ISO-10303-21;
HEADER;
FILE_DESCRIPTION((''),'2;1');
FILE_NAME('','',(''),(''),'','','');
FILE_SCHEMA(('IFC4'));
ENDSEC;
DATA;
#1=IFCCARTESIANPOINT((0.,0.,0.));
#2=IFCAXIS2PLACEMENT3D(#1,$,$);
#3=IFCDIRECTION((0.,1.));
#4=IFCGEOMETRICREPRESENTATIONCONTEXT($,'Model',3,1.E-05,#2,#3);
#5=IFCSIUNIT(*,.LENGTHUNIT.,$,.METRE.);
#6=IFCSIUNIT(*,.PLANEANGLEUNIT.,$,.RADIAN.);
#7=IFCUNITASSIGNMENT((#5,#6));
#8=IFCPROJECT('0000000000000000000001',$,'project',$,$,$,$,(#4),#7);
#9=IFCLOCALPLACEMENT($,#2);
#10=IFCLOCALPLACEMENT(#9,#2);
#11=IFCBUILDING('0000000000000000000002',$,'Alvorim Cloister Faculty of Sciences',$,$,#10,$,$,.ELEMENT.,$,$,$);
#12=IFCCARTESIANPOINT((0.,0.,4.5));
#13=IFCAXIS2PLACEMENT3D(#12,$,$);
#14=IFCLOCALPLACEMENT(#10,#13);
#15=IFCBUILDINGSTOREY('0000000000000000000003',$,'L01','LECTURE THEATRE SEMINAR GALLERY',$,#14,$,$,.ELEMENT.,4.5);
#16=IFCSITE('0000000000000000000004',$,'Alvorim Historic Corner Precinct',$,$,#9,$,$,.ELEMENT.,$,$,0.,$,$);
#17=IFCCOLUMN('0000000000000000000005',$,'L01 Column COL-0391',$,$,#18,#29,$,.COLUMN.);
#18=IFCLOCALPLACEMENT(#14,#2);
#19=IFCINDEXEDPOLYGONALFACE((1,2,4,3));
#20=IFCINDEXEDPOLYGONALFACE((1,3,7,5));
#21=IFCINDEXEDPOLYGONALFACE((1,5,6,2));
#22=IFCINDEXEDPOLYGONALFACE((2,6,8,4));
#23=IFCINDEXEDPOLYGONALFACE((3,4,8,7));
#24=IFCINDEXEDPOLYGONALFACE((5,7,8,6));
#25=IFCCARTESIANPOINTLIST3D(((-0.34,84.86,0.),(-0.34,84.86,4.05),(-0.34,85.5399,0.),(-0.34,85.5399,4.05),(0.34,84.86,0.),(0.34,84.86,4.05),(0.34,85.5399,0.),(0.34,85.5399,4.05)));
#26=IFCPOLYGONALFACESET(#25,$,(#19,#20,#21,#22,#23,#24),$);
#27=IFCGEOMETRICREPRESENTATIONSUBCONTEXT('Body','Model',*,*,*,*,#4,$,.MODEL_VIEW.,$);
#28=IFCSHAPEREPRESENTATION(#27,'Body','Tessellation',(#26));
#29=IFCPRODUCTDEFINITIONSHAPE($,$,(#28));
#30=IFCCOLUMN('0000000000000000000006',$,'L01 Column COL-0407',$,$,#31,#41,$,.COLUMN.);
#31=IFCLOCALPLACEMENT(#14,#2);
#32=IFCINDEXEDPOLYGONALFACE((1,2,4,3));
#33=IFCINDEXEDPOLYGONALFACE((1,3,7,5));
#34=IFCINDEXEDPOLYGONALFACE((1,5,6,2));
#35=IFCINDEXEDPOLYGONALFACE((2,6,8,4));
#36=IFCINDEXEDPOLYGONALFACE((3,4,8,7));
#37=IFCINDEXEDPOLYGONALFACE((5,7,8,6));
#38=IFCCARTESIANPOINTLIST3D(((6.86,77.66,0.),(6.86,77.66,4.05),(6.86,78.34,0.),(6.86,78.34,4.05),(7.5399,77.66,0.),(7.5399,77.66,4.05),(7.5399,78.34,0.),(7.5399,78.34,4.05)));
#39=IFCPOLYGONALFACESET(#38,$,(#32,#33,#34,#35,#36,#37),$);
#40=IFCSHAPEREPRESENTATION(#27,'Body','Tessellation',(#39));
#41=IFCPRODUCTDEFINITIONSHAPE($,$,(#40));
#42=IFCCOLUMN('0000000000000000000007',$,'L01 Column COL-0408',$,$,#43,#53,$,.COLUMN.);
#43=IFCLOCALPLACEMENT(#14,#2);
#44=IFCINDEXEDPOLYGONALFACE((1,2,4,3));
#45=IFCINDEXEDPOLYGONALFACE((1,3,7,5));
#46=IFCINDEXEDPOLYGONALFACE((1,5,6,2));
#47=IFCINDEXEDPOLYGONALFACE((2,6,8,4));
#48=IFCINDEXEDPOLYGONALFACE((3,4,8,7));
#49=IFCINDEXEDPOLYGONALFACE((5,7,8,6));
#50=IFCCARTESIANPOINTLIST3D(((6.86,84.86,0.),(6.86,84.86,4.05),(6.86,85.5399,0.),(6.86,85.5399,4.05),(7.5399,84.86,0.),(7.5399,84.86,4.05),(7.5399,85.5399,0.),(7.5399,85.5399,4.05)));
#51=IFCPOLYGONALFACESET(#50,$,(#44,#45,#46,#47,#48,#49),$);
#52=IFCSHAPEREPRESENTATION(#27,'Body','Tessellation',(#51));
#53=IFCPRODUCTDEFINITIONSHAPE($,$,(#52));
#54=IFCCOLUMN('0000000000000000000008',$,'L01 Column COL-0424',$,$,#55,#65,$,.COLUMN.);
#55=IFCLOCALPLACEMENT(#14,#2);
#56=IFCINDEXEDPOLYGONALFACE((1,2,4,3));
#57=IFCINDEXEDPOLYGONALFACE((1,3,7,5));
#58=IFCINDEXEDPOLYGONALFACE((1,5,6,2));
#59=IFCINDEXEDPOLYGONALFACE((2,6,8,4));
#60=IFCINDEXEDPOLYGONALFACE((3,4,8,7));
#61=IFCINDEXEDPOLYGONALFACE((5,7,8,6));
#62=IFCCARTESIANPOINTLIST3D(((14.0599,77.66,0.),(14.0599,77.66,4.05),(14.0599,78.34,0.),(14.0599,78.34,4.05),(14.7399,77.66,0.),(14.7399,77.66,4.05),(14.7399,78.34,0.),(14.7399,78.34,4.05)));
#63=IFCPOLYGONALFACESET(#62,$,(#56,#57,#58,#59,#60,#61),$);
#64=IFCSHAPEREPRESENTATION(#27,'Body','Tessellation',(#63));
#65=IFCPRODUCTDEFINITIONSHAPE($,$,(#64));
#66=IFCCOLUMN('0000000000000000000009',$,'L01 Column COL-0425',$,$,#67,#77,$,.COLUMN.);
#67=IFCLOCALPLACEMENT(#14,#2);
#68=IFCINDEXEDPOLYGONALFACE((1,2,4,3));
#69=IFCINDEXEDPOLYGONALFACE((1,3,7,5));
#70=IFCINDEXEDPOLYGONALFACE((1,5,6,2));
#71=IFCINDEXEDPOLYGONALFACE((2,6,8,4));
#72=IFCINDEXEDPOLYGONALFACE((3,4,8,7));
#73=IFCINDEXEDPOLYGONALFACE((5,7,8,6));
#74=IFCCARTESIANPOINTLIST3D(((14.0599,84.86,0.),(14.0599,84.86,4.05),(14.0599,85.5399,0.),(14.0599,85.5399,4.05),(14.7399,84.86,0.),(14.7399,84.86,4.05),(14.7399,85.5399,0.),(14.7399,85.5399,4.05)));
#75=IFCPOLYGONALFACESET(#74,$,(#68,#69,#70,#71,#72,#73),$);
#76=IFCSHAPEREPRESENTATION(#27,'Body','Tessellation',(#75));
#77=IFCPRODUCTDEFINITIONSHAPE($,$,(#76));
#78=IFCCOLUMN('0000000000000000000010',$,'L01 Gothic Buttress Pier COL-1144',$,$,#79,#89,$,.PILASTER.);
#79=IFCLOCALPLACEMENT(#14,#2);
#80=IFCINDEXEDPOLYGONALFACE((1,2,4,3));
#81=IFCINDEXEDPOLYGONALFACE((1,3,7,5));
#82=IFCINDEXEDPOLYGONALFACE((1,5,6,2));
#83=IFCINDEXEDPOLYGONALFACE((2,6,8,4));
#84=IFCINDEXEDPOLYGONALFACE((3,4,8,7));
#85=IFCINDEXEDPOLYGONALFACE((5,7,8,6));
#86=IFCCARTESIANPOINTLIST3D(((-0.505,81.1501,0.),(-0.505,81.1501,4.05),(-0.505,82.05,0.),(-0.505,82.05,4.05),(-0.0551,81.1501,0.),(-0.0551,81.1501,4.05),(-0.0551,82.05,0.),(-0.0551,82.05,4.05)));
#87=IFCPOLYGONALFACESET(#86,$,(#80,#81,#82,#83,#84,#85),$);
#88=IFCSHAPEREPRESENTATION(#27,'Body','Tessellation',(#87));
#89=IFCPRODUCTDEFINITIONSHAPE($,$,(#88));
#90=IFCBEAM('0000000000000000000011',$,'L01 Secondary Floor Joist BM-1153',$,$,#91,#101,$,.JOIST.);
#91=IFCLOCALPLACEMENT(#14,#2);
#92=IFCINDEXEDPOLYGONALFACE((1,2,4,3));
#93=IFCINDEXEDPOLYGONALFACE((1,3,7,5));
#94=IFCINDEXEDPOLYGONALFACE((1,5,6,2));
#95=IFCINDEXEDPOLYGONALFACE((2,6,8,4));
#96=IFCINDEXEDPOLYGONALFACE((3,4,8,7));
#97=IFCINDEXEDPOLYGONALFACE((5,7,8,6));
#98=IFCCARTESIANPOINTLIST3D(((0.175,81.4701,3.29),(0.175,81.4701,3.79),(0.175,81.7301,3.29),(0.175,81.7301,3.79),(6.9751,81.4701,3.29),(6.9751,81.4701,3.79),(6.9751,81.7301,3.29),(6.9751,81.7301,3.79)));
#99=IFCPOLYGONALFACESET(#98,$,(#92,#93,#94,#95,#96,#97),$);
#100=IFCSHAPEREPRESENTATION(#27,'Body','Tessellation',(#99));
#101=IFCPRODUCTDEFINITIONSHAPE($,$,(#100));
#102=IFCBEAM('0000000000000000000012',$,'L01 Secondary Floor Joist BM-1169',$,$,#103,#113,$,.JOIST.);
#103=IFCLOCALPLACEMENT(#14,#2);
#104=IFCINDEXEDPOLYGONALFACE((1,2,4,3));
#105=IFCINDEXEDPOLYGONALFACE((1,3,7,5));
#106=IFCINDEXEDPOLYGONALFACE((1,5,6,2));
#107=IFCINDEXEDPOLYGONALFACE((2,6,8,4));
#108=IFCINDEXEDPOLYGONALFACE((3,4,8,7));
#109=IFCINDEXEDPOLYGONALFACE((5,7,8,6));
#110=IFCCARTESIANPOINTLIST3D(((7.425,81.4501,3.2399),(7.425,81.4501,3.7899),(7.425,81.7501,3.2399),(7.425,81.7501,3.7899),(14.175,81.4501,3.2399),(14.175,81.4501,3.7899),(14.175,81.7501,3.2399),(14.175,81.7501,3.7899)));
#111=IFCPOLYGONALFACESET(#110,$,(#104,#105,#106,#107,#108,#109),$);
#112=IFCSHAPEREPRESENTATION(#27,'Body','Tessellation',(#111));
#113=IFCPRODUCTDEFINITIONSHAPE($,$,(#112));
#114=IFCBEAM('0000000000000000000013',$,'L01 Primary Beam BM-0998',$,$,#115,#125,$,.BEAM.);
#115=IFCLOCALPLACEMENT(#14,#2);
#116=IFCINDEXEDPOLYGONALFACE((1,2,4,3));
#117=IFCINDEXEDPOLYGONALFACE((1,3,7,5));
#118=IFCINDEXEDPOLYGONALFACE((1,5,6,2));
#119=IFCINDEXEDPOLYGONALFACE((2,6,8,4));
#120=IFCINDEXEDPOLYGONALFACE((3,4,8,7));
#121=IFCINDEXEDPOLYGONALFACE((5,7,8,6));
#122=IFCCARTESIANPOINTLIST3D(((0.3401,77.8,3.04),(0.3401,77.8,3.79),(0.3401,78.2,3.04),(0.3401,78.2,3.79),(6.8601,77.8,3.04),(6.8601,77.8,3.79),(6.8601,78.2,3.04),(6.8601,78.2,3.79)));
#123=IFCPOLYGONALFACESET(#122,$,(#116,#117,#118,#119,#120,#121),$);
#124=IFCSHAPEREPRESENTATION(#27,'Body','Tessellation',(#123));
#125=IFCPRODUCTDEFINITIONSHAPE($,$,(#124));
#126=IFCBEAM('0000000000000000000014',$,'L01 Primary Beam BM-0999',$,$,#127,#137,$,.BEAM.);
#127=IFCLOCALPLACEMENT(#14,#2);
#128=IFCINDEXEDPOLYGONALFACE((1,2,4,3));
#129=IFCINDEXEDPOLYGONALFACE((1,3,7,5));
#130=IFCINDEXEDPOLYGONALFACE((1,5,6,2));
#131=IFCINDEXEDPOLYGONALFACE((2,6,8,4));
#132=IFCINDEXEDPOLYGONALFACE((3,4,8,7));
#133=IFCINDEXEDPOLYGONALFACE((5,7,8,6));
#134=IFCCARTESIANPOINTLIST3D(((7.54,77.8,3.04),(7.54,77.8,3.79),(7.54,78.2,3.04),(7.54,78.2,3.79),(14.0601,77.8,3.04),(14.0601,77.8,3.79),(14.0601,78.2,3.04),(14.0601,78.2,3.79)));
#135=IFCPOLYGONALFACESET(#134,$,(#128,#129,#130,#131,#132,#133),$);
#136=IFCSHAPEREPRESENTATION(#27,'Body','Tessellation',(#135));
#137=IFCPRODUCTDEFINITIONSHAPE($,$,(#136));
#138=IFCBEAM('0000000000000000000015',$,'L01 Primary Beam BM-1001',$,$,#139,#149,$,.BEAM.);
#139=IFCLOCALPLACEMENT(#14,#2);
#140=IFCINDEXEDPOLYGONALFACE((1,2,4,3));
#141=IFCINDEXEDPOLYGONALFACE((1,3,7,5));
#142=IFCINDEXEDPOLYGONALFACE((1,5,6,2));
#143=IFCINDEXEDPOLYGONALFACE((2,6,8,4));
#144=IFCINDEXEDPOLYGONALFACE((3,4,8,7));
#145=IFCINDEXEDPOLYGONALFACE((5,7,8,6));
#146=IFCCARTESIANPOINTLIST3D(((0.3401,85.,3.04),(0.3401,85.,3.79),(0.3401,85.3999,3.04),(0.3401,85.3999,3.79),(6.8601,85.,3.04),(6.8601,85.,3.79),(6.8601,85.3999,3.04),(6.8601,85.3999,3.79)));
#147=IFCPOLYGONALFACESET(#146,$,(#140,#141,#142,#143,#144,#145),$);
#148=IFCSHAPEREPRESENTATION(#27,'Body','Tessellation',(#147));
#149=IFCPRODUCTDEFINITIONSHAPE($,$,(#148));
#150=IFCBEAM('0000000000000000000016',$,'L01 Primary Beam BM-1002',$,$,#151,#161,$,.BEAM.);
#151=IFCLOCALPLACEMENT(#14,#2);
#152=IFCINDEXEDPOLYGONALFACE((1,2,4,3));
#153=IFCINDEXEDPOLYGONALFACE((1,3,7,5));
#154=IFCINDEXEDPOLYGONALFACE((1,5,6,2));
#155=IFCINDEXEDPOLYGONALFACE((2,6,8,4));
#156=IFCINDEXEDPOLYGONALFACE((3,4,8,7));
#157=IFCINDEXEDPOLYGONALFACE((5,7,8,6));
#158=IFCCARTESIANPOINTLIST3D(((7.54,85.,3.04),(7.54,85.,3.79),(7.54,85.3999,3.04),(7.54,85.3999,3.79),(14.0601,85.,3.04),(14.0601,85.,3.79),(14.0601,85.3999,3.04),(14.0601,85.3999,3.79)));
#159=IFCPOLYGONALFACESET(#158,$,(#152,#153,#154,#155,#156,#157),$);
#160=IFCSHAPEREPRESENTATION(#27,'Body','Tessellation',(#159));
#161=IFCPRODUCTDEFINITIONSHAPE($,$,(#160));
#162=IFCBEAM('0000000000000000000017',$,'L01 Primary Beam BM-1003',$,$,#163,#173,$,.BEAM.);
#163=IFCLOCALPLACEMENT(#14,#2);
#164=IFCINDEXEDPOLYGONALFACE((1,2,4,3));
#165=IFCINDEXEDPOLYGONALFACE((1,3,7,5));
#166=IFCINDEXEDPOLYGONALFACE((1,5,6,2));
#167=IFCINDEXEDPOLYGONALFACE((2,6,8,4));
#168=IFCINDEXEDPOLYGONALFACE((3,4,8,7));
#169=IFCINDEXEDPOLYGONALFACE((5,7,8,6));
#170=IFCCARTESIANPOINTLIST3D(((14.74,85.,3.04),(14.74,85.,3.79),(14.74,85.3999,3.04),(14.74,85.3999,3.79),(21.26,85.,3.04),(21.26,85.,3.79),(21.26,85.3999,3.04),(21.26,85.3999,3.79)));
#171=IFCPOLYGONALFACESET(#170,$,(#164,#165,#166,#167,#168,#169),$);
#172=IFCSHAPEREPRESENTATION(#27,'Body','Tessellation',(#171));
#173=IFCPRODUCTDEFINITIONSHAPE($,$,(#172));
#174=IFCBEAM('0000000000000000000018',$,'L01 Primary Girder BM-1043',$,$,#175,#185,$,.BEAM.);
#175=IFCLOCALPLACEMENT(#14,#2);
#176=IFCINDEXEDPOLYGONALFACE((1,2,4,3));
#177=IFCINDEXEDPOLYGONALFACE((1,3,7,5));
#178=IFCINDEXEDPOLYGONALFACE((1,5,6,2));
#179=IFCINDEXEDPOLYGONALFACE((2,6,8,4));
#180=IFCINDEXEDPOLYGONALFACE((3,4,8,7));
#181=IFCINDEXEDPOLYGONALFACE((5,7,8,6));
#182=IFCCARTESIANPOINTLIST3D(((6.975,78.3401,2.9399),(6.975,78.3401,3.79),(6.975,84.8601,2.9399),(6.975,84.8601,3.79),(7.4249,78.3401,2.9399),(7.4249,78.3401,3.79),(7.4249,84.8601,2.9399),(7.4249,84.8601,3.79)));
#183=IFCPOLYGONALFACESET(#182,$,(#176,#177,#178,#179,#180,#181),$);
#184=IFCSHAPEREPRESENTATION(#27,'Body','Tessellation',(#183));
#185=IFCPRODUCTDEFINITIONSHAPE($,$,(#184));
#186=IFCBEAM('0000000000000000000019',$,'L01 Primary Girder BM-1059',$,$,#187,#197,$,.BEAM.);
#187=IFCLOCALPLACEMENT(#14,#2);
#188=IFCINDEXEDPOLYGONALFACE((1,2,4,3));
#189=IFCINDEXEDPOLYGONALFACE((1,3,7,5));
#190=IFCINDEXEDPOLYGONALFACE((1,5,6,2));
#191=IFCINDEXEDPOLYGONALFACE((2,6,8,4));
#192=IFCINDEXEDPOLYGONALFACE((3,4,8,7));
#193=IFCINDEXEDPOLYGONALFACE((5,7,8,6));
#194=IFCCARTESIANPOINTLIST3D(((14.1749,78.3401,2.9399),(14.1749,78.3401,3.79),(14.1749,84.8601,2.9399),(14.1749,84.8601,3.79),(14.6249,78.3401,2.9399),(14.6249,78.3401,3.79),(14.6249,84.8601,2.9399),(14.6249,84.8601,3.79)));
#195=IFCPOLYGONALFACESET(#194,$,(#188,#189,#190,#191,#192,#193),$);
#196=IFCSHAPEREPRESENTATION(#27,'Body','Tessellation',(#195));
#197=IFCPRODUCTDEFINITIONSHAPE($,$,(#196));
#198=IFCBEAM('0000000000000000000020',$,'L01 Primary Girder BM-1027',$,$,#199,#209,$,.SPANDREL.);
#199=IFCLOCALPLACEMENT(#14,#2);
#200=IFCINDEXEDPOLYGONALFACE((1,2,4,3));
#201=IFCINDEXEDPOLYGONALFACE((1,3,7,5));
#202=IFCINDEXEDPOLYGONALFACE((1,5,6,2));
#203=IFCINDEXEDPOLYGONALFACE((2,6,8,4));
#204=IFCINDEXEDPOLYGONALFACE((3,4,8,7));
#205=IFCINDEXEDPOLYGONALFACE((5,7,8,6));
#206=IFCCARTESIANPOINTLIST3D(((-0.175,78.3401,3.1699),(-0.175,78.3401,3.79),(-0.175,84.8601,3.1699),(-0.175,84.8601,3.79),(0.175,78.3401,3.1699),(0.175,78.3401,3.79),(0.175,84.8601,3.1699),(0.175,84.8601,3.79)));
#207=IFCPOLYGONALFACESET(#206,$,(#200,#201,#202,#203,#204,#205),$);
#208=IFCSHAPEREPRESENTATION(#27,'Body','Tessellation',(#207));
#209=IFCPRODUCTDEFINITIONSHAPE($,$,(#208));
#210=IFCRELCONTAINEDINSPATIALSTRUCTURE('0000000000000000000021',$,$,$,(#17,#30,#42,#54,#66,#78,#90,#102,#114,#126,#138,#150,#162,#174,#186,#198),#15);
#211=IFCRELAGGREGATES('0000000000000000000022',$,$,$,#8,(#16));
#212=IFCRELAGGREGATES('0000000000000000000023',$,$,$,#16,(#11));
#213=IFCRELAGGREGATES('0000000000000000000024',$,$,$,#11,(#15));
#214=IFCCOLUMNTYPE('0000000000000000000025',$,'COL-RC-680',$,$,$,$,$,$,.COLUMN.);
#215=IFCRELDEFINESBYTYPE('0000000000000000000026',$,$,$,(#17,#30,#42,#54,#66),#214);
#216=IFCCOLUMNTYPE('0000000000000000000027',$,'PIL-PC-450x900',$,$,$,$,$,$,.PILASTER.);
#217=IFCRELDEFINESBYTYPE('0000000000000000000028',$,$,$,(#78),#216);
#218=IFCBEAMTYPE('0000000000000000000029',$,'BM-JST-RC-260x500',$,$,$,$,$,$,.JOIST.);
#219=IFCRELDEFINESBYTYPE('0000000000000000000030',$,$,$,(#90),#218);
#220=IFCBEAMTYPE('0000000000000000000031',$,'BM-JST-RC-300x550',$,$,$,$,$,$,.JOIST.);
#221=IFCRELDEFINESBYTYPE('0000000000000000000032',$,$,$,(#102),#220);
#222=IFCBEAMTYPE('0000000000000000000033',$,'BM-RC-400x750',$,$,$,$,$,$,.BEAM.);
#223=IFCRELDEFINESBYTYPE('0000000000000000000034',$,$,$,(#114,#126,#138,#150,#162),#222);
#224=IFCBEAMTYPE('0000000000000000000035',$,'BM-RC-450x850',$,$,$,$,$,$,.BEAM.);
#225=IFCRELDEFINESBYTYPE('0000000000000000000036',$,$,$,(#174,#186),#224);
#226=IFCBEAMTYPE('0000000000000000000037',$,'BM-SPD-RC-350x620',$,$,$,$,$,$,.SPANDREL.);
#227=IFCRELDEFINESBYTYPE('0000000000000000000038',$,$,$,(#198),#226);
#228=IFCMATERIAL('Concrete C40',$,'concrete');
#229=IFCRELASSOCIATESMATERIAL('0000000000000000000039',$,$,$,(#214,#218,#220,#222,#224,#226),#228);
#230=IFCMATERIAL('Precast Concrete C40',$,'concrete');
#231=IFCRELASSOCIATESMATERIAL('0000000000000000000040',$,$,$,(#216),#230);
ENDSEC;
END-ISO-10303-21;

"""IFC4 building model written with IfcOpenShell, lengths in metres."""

from ifc_helpers import new_model, si_unit, direction, frame, origin, origin_2d, place, context, subcontext, project, spatial, rectangle, extrude, material, material_profile, profile_set, type_object, element, save


model = new_model("IFC4")

# Units and contexts
model_context = context("Model", 3, precision=1e-05, world=origin(), true_north=direction((0.0, 1.0)))
body_context = subcontext(model_context, "Body", "Model", "MODEL_VIEW")
ifc_project = project(units=[si_unit("LENGTHUNIT", "METRE"), si_unit("PLANEANGLEUNIT", "RADIAN")], contexts=[model_context])

# Site, building, storey
site_placement = place(None, origin())
site = spatial("IfcSite", under=ifc_project, at=site_placement, Name="Alvorim Historic Corner Precinct", CompositionType="ELEMENT", RefElevation=0.0)
building_placement = place(site_placement, origin())
building = spatial("IfcBuilding", under=site, at=building_placement, Name="Alvorim Cloister Faculty of Sciences", CompositionType="ELEMENT")
storey_placement = place(building_placement, frame((0.0, 0.0, 4.5)))
storey = spatial("IfcBuildingStorey", under=building, at=storey_placement, Name="L01", Description="LECTURE THEATRE SEMINAR GALLERY", CompositionType="ELEMENT", Elevation=4.5)

# Columns
ifc_material_1 = material(Name="Concrete C40", Category="concrete")
ifc_material_profile_1 = material_profile(ifc_material_1, rectangle(XDim=0.6799, YDim=0.6799, at=origin_2d()), Name="RC40-COL-680x680")
ifc_profile_set_1 = profile_set([ifc_material_profile_1], Name="Concrete C40")
column_type_1 = type_object("IfcColumnType", Name="COL-RC-680", PredefinedType="COLUMN", material=ifc_profile_set_1)
for number, where, z_axis, x_axis, name in (
    (1, (0.0, 85.2, 0.0), (0.0, 0.0, 1.0), (1.0, 0.0, 0.0), "L01 Column COL-0391"),
    (2, (7.2, 78.0, 0.0), (0.0, 0.0, 1.0), (1.0, 0.0, 0.0), "L01 Column COL-0407"),
    (3, (7.2, 85.2, 0.0), (0.0, 0.0, 1.0), (1.0, 0.0, 0.0), "L01 Column COL-0408"),
    (4, (14.3999, 78.0, 0.0), (0.0, 0.0, 1.0), (1.0, 0.0, 0.0), "L01 Column COL-0424"),
    (5, (14.3999, 85.2, 0.0), (0.0, 0.0, 1.0), (1.0, 0.0, 0.0), "L01 Column COL-0425"),
):
    element("IfcColumn", number, at=place(storey_placement, frame(where, z_axis=z_axis, x_axis=x_axis)), inside=storey, type_object=column_type_1, Name=name, PredefinedType="COLUMN", context=body_context, shape_type="SweptSolid", body=[
        extrude(rectangle(XDim=0.6799, YDim=0.6799, at=origin_2d()), origin(), (0.0, 0.0, 1.0), 4.05),
    ])
ifc_material_2 = material(Name="Precast Concrete C40", Category="concrete")
ifc_material_profile_2 = material_profile(ifc_material_2, rectangle(XDim=0.45, YDim=0.8999, at=origin_2d()), Name="RC40-PIL-450x900")
ifc_profile_set_2 = profile_set([ifc_material_profile_2], Name="Precast Concrete C40")
column_type_2 = type_object("IfcColumnType", Name="PIL-PC-450x900", PredefinedType="PILASTER", material=ifc_profile_set_2)
column_placement = place(storey_placement, frame((-0.28, 81.6001, 0.0), z_axis=(0.0, 0.0, 1.0), x_axis=(1.0, 0.0, 0.0)))
element("IfcColumn", 6, at=column_placement, inside=storey, type_object=column_type_2, Name="L01 Gothic Buttress Pier COL-1144", PredefinedType="PILASTER", context=body_context, shape_type="SweptSolid", body=[
    extrude(rectangle(XDim=0.45, YDim=0.8999, at=origin_2d()), origin(), (0.0, 0.0, 1.0), 4.05),
])

# Beams
ifc_material_profile_3 = material_profile(ifc_material_1, rectangle(XDim=0.26, YDim=0.5, at=origin_2d()), Name="RC40-JST-260x500")
ifc_profile_set_3 = profile_set([ifc_material_profile_3], Name="Concrete C40")
beam_type_1 = type_object("IfcBeamType", Name="BM-JST-RC-260x500", PredefinedType="JOIST", material=ifc_profile_set_3)
beam_1_placement = place(storey_placement, frame((0.175, 81.6001, 3.54), z_axis=(1.0, 0.0, 0.0), x_axis=(0.0, 1.0, 0.0)))
element("IfcBeam", 7, at=beam_1_placement, inside=storey, type_object=beam_type_1, Name="L01 Secondary Floor Joist BM-1153", PredefinedType="JOIST", context=body_context, shape_type="SweptSolid", body=[
    extrude(rectangle(XDim=0.26, YDim=0.5, at=origin_2d()), origin(), (0.0, 0.0, 1.0), 6.8),
])
ifc_material_profile_4 = material_profile(ifc_material_1, rectangle(XDim=0.3, YDim=0.55, at=origin_2d()), Name="RC40-JST-300x550")
ifc_profile_set_4 = profile_set([ifc_material_profile_4], Name="Concrete C40")
beam_type_2 = type_object("IfcBeamType", Name="BM-JST-RC-300x550", PredefinedType="JOIST", material=ifc_profile_set_4)
beam_2_placement = place(storey_placement, frame((7.425, 81.6001, 3.5149), z_axis=(1.0, 0.0, 0.0), x_axis=(0.0, 1.0, 0.0)))
element("IfcBeam", 8, at=beam_2_placement, inside=storey, type_object=beam_type_2, Name="L01 Secondary Floor Joist BM-1169", PredefinedType="JOIST", context=body_context, shape_type="SweptSolid", body=[
    extrude(rectangle(XDim=0.3, YDim=0.55, at=origin_2d()), origin(), (0.0, 0.0, 1.0), 6.75),
])
ifc_material_profile_5 = material_profile(ifc_material_1, rectangle(XDim=0.3999, YDim=0.75, at=origin_2d()), Name="RC40-BM-400x750")
ifc_profile_set_5 = profile_set([ifc_material_profile_5], Name="Concrete C40")
beam_type_3 = type_object("IfcBeamType", Name="BM-RC-400x750", PredefinedType="BEAM", material=ifc_profile_set_5)
for number, where, z_axis, x_axis, name in (
    (9, (0.3401, 78.0, 3.415), (1.0, 0.0, 0.0), (0.0, 1.0, 0.0), "L01 Primary Beam BM-0998"),
    (10, (7.54, 78.0, 3.415), (1.0, 0.0, 0.0), (0.0, 1.0, 0.0), "L01 Primary Beam BM-0999"),
    (11, (0.3401, 85.2, 3.415), (1.0, 0.0, 0.0), (0.0, 1.0, 0.0), "L01 Primary Beam BM-1001"),
    (12, (7.54, 85.2, 3.415), (1.0, 0.0, 0.0), (0.0, 1.0, 0.0), "L01 Primary Beam BM-1002"),
    (13, (14.74, 85.2, 3.415), (1.0, 0.0, 0.0), (0.0, 1.0, 0.0), "L01 Primary Beam BM-1003"),
):
    element("IfcBeam", number, at=place(storey_placement, frame(where, z_axis=z_axis, x_axis=x_axis)), inside=storey, type_object=beam_type_3, Name=name, PredefinedType="BEAM", context=body_context, shape_type="SweptSolid", body=[
        extrude(rectangle(XDim=0.3999, YDim=0.75, at=origin_2d()), origin(), (0.0, 0.0, 1.0), 6.52),
    ])
ifc_material_profile_6 = material_profile(ifc_material_1, rectangle(XDim=0.45, YDim=0.8501, at=origin_2d()), Name="RC40-BM-450x850")
ifc_profile_set_6 = profile_set([ifc_material_profile_6], Name="Concrete C40")
beam_type_4 = type_object("IfcBeamType", Name="BM-RC-450x850", PredefinedType="BEAM", material=ifc_profile_set_6)
for number, where, z_axis, x_axis, name in (
    (14, (7.2, 78.3401, 3.365), (0.0, 1.0, 0.0), (-1.0, 0.0, 0.0), "L01 Primary Girder BM-1043"),
    (15, (14.3999, 78.3401, 3.365), (0.0, 1.0, 0.0), (-1.0, 0.0, 0.0), "L01 Primary Girder BM-1059"),
):
    element("IfcBeam", number, at=place(storey_placement, frame(where, z_axis=z_axis, x_axis=x_axis)), inside=storey, type_object=beam_type_4, Name=name, PredefinedType="BEAM", context=body_context, shape_type="SweptSolid", body=[
        extrude(rectangle(XDim=0.45, YDim=0.8501, at=origin_2d()), origin(), (0.0, 0.0, 1.0), 6.52),
    ])
ifc_material_profile_7 = material_profile(ifc_material_1, rectangle(XDim=0.3501, YDim=0.6201, at=origin_2d()), Name="RC40-SPD-350x620")
ifc_profile_set_7 = profile_set([ifc_material_profile_7], Name="Concrete C40")
beam_type_5 = type_object("IfcBeamType", Name="BM-SPD-RC-350x620", PredefinedType="SPANDREL", material=ifc_profile_set_7)
for number, where, z_axis, x_axis, name in (
    (16, (0.0, 78.3401, 3.48), (0.0, 1.0, 0.0), (-1.0, 0.0, 0.0), "L01 Primary Girder BM-1027"),
):
    element("IfcBeam", number, at=place(storey_placement, frame(where, z_axis=z_axis, x_axis=x_axis)), inside=storey, type_object=beam_type_5, Name=name, PredefinedType="SPANDREL", context=body_context, shape_type="SweptSolid", body=[
        extrude(rectangle(XDim=0.3501, YDim=0.6201, at=origin_2d()), origin(), (0.0, 0.0, 1.0), 6.52),
    ])

save(model, "model.ifc")
